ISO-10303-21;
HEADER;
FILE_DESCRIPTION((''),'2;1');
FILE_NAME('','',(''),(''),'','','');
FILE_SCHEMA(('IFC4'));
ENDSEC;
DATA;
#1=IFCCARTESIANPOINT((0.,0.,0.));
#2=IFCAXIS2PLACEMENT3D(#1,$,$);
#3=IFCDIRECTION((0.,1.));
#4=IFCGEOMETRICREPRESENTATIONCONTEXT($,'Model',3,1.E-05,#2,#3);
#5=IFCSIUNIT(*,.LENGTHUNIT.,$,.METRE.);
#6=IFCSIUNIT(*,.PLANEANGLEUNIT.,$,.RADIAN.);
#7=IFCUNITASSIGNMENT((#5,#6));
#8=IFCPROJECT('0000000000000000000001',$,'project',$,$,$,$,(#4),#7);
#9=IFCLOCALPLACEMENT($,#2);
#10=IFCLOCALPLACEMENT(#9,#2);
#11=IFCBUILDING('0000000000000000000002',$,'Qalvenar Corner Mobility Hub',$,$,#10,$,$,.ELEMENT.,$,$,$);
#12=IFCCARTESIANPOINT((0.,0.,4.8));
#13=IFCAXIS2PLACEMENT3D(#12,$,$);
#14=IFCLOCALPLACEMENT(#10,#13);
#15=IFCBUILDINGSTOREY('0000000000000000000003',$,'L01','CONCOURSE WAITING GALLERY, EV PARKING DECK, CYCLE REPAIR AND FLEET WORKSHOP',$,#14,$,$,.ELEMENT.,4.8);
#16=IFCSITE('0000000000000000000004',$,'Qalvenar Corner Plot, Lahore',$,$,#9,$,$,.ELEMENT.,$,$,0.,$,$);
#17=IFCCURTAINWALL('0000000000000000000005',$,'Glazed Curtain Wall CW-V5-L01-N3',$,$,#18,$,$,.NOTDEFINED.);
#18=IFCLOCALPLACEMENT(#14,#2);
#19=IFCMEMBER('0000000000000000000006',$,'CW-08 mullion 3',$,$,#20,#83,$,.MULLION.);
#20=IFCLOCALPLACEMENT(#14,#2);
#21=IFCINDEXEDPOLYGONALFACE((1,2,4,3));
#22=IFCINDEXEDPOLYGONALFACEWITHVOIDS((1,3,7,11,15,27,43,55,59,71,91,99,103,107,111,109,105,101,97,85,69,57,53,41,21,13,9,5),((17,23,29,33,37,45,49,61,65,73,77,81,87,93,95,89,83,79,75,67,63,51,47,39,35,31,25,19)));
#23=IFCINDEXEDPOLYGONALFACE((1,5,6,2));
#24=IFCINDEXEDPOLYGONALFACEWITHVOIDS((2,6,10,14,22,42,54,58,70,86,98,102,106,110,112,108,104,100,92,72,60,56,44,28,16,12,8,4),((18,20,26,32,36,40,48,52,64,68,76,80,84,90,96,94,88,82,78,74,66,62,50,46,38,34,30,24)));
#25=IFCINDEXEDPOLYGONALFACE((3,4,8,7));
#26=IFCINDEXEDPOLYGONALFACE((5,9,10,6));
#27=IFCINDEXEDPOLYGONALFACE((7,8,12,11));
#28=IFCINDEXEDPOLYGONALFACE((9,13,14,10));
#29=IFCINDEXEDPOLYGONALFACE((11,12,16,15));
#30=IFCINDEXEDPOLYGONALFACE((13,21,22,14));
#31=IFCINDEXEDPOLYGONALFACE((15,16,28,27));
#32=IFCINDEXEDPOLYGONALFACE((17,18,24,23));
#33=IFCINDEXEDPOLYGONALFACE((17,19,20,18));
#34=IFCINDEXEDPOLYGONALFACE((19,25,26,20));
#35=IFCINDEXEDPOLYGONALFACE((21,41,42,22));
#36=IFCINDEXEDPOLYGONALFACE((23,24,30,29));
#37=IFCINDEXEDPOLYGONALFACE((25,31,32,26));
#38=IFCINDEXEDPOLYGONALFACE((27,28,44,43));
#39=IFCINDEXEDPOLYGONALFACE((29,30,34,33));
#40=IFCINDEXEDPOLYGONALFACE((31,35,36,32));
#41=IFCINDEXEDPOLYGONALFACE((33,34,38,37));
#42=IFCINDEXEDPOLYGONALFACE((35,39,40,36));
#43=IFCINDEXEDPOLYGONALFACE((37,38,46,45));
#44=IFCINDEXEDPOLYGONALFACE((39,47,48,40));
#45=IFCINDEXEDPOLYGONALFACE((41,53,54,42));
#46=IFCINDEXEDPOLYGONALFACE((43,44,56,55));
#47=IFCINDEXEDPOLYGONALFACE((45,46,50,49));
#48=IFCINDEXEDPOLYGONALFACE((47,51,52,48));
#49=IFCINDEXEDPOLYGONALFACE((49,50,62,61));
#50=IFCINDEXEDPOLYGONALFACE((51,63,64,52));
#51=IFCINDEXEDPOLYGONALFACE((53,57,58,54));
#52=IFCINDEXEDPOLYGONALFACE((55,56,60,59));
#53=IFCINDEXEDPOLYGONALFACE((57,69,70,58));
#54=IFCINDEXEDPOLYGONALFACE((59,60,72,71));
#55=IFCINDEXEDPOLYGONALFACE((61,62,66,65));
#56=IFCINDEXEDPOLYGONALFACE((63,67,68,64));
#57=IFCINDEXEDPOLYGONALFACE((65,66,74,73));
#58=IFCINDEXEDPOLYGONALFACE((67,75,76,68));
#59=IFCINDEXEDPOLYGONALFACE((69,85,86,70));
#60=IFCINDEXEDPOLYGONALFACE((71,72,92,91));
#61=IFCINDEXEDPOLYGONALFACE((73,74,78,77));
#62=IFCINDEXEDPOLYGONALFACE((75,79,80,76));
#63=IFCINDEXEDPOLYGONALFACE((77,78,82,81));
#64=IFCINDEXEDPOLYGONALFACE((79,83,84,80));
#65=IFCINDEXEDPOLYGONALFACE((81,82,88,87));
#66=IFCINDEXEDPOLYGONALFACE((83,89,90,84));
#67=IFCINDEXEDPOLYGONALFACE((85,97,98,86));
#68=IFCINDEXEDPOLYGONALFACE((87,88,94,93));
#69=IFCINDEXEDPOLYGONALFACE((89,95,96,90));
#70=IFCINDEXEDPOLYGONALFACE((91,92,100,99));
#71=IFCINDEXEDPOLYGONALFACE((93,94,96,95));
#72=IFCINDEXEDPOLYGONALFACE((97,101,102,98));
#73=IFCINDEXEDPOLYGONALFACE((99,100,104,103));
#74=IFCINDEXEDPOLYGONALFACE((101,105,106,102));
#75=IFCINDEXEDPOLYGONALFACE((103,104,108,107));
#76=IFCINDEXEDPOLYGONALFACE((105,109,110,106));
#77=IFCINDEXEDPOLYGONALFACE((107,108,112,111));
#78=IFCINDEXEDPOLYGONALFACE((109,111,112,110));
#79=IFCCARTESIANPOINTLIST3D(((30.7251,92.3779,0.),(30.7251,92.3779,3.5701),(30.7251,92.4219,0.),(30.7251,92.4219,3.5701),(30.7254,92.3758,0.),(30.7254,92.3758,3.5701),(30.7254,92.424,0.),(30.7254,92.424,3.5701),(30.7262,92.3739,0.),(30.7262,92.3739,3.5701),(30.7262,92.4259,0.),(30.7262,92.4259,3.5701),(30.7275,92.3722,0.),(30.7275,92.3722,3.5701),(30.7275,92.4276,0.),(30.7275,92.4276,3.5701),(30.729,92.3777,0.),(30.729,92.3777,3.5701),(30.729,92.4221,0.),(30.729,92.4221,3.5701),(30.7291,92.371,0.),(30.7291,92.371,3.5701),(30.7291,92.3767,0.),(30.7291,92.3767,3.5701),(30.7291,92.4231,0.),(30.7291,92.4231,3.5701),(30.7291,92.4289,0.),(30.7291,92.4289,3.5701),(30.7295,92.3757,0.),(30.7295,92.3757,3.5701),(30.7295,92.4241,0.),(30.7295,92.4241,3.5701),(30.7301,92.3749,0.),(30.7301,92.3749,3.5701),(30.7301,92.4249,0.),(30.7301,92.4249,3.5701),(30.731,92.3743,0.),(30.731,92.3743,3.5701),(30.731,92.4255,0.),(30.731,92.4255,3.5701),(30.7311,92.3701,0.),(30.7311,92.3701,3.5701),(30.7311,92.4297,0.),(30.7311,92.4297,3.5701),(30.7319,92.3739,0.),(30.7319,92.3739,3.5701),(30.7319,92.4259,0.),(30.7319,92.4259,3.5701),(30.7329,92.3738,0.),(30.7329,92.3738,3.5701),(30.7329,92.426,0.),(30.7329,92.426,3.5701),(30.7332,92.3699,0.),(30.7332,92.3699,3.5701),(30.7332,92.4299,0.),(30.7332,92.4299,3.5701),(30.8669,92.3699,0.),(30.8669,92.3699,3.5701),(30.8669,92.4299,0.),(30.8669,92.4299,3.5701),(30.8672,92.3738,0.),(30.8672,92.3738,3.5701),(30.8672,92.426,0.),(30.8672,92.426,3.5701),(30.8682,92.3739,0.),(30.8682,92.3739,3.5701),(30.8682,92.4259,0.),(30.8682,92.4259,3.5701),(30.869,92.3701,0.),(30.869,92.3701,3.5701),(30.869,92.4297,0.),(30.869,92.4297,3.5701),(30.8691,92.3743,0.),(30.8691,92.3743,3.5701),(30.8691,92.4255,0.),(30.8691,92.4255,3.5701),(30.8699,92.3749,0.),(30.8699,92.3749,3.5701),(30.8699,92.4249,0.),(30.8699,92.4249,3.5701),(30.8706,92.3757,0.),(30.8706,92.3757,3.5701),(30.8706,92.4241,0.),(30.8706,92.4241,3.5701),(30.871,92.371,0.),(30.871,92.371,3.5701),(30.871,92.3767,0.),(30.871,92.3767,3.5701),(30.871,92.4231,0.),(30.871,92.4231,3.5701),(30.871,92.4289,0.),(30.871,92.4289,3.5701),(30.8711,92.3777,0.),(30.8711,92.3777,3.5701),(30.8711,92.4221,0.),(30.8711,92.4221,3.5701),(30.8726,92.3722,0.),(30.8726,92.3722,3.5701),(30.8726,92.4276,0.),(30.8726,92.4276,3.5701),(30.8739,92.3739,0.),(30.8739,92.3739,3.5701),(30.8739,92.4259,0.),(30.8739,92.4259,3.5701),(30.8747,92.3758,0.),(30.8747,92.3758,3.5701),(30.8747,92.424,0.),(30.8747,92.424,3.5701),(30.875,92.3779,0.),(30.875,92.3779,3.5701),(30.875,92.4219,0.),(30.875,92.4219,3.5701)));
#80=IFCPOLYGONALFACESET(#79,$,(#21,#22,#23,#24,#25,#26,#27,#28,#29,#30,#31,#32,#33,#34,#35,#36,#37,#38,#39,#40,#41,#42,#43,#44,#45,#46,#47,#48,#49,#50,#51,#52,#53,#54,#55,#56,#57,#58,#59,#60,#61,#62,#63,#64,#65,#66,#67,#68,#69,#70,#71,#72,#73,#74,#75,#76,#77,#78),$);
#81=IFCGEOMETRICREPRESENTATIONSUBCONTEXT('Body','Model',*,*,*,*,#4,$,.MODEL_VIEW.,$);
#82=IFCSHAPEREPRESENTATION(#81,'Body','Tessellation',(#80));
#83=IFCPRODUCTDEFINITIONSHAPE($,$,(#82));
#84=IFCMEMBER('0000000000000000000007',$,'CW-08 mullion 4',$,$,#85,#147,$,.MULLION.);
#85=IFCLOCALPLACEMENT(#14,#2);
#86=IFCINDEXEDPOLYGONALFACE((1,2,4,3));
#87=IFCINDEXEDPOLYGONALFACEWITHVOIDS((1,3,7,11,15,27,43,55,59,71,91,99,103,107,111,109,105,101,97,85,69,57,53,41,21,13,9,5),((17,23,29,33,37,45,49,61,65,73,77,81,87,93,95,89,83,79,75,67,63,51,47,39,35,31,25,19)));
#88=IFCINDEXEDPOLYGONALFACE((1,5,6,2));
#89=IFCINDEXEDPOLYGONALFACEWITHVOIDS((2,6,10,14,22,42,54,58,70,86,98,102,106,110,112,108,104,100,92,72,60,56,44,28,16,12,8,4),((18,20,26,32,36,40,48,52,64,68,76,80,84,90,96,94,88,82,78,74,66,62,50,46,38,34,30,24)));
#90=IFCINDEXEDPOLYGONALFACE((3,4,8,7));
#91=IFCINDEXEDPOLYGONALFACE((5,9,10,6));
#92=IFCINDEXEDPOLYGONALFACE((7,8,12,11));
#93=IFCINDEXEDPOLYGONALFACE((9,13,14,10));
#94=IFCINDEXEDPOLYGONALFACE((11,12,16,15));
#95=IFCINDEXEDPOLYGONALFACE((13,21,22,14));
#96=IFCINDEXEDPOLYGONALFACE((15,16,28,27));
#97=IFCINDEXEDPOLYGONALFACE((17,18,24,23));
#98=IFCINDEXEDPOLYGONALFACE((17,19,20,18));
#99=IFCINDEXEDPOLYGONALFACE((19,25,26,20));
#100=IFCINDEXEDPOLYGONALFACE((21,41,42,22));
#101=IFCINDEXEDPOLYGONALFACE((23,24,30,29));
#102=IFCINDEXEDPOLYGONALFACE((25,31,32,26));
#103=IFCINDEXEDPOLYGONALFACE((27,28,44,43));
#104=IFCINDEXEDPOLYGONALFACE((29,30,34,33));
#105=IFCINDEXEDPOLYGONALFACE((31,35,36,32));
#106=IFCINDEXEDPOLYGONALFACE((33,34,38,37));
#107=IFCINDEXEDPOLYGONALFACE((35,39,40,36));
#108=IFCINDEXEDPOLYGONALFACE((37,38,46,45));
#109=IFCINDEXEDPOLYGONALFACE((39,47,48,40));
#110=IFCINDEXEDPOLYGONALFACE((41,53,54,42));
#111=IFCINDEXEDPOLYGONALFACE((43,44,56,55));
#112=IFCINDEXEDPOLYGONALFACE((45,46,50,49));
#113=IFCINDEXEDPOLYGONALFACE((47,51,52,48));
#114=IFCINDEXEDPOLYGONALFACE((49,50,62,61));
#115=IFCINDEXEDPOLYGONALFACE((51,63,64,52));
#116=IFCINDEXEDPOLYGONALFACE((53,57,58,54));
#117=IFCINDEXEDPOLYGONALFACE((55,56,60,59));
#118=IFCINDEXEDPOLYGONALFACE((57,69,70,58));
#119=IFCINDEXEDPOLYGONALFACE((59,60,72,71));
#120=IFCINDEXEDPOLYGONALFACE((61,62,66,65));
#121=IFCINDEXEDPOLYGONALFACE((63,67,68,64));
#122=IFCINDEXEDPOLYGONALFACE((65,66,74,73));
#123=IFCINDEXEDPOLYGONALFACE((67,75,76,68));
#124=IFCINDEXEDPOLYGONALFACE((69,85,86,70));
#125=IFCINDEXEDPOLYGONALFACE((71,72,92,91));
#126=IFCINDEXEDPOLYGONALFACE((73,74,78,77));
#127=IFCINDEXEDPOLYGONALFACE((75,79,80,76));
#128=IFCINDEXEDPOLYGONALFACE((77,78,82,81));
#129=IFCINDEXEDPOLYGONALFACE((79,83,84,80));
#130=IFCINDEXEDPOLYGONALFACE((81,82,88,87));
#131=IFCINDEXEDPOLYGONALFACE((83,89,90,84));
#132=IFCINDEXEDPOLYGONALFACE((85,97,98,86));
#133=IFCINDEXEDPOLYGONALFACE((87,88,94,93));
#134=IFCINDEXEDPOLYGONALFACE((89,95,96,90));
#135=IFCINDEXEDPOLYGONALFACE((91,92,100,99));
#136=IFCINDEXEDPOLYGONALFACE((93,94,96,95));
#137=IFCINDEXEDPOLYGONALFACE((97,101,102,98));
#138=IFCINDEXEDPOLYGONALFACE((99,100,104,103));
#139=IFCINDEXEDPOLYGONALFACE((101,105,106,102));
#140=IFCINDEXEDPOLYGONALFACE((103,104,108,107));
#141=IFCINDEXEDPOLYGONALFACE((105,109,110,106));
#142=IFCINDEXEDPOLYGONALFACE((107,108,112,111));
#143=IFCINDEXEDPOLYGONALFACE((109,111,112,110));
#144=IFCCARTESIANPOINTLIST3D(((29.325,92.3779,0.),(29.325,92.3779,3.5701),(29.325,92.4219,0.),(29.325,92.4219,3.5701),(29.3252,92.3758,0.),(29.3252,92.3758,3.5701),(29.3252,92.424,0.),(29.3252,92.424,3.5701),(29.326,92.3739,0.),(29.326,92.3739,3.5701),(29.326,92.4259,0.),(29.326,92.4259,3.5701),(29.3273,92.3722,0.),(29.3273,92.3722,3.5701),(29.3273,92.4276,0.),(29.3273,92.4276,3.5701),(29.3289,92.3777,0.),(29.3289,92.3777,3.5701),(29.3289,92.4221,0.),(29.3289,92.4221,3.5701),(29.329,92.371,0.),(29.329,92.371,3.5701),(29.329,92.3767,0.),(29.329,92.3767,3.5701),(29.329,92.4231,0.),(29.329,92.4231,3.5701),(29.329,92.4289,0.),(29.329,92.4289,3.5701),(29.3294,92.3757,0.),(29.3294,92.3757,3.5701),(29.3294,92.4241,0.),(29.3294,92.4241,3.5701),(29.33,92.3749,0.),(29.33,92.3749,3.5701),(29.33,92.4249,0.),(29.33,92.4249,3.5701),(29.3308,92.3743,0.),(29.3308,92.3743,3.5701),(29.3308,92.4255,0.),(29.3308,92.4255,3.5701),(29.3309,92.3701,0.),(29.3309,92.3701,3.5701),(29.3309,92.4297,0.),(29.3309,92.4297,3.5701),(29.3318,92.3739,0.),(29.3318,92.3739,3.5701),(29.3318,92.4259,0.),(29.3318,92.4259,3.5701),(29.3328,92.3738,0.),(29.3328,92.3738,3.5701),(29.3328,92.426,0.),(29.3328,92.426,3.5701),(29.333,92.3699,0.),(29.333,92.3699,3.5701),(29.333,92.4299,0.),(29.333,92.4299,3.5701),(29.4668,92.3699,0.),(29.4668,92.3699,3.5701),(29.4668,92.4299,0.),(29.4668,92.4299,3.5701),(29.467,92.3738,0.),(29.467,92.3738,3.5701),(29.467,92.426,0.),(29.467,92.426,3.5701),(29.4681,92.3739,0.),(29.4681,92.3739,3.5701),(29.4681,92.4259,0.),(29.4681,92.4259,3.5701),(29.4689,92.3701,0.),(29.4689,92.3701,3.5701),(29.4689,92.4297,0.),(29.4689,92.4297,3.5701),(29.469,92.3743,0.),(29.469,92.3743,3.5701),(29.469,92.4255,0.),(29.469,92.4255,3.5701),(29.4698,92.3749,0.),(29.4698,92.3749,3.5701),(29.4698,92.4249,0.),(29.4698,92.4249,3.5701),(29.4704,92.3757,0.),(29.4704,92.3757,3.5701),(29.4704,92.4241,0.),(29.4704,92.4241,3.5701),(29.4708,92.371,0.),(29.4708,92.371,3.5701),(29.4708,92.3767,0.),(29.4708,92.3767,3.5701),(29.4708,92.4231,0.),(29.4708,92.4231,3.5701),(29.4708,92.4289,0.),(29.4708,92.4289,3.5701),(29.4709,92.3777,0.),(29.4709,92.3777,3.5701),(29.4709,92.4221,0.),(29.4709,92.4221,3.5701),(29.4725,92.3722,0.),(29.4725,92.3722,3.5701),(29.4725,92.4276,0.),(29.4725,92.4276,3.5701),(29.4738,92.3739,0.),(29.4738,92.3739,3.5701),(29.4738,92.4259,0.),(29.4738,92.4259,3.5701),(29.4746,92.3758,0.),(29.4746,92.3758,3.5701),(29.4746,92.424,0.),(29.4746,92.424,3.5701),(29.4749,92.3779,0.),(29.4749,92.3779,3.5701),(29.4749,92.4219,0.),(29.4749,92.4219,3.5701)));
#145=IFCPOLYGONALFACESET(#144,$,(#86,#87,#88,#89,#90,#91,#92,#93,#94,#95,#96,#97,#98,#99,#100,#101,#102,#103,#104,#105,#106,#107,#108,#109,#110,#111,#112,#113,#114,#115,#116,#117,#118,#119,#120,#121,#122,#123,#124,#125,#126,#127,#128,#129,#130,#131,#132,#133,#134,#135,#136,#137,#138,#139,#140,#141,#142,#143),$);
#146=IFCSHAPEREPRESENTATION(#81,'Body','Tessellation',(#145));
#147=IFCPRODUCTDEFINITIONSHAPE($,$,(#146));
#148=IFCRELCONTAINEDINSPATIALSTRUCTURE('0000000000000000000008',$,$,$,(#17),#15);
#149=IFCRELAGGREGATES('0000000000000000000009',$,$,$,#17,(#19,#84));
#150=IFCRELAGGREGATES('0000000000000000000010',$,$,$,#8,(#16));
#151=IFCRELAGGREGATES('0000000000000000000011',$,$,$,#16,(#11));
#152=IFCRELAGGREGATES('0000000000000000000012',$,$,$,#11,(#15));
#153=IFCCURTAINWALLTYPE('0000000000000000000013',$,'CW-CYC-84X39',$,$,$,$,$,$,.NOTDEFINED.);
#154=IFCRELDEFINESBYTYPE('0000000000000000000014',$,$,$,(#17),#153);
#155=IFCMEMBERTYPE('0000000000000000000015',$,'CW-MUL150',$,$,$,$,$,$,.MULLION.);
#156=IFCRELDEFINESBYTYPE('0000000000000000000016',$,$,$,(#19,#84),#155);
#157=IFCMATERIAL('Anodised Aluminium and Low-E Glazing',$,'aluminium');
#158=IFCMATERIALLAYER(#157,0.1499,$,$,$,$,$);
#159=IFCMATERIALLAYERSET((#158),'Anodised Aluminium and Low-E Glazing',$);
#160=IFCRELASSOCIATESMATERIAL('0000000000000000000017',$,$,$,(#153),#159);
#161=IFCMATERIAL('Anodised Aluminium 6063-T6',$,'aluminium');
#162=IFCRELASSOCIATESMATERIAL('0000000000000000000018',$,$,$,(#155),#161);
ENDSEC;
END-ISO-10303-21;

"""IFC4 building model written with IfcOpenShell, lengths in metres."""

from ifc_helpers import new_model, si_unit, direction, frame, origin, origin_2d, place, context, subcontext, project, spatial, hollow_rectangle, extrude, material, layer, layer_set, material_profile, profile_set, type_object, element, aggregate, save


model = new_model("IFC4")

# Units and contexts
model_context = context("Model", 3, precision=1e-05, world=origin(), true_north=direction((0.0, 1.0)))
body_context = subcontext(model_context, "Body", "Model", "MODEL_VIEW")
ifc_project = project(units=[si_unit("LENGTHUNIT", "METRE"), si_unit("PLANEANGLEUNIT", "RADIAN")], contexts=[model_context])

# Site, building, storey
site_placement = place(None, origin())
site = spatial("IfcSite", under=ifc_project, at=site_placement, Name="Qalvenar Corner Plot, Lahore", CompositionType="ELEMENT", RefElevation=0.0)
building_placement = place(site_placement, origin())
building = spatial("IfcBuilding", under=site, at=building_placement, Name="Qalvenar Corner Mobility Hub", CompositionType="ELEMENT")
storey_placement = place(building_placement, frame((0.0, 0.0, 4.8)))
storey = spatial("IfcBuildingStorey", under=building, at=storey_placement, Name="L01", Description="CONCOURSE WAITING GALLERY, EV PARKING DECK, CYCLE REPAIR AND FLEET WORKSHOP", CompositionType="ELEMENT", Elevation=4.8)

# Curtain wall, members
ifc_material_1 = material(Name="Anodised Aluminium and Low-E Glazing", Category="aluminium")
ifc_layer_1 = layer(ifc_material_1, 0.1499)
ifc_layer_set_1 = layer_set([ifc_layer_1], Name="Anodised Aluminium and Low-E Glazing")
curtain_wall_type = type_object("IfcCurtainWallType", Name="CW-CYC-84X39", PredefinedType="NOTDEFINED", material=ifc_layer_set_1)
ifc_material_2 = material(Name="Anodised Aluminium 6063-T6", Category="aluminium")
ifc_material_profile_1 = material_profile(ifc_material_2, hollow_rectangle(XDim=0.0601, YDim=0.1499, WallThickness=0.0039, InnerFilletRadius=0.0039, OuterFilletRadius=0.0081, at=origin_2d()), Name="RHS150x60x4")
ifc_profile_set_1 = profile_set([ifc_material_profile_1], Name="Anodised Aluminium 6063-T6")
member_type_1 = type_object("IfcMemberType", Name="CW-MUL150", PredefinedType="MULLION", material=ifc_profile_set_1)
curtain_wall_1_placement = place(storey_placement, origin())
curtain_wall_1 = element("IfcCurtainWall", 1, at=curtain_wall_1_placement, inside=storey, type_object=curtain_wall_type, Name="Glazed Curtain Wall CW-V5-L01-N3", PredefinedType="NOTDEFINED")
member_1_placement = place(storey_placement, frame((30.8, 92.3999, 0.0), z_axis=(0.0, 0.0, 1.0), x_axis=(0.0, -1.0, 0.0)))
member_1 = element("IfcMember", 2, at=member_1_placement, type_object=member_type_1, Name="CW-08 mullion 3", PredefinedType="MULLION", context=body_context, shape_type="SweptSolid", body=[
    extrude(hollow_rectangle(XDim=0.0601, YDim=0.1499, WallThickness=0.0039, InnerFilletRadius=0.0039, OuterFilletRadius=0.0081, at=origin_2d()), origin(), (0.0, 0.0, 1.0), 3.5701),
])
member_2_placement = place(storey_placement, frame((29.3999, 92.3999, 0.0), z_axis=(0.0, 0.0, 1.0), x_axis=(0.0, -1.0, 0.0)))
member_2 = element("IfcMember", 3, at=member_2_placement, type_object=member_type_1, Name="CW-08 mullion 4", PredefinedType="MULLION", context=body_context, shape_type="SweptSolid", body=[
    extrude(hollow_rectangle(XDim=0.0601, YDim=0.1499, WallThickness=0.0039, InnerFilletRadius=0.0039, OuterFilletRadius=0.0081, at=origin_2d()), origin(), (0.0, 0.0, 1.0), 3.5701),
])

aggregate(curtain_wall_1, [member_1, member_2])

save(model, "model.ifc")
